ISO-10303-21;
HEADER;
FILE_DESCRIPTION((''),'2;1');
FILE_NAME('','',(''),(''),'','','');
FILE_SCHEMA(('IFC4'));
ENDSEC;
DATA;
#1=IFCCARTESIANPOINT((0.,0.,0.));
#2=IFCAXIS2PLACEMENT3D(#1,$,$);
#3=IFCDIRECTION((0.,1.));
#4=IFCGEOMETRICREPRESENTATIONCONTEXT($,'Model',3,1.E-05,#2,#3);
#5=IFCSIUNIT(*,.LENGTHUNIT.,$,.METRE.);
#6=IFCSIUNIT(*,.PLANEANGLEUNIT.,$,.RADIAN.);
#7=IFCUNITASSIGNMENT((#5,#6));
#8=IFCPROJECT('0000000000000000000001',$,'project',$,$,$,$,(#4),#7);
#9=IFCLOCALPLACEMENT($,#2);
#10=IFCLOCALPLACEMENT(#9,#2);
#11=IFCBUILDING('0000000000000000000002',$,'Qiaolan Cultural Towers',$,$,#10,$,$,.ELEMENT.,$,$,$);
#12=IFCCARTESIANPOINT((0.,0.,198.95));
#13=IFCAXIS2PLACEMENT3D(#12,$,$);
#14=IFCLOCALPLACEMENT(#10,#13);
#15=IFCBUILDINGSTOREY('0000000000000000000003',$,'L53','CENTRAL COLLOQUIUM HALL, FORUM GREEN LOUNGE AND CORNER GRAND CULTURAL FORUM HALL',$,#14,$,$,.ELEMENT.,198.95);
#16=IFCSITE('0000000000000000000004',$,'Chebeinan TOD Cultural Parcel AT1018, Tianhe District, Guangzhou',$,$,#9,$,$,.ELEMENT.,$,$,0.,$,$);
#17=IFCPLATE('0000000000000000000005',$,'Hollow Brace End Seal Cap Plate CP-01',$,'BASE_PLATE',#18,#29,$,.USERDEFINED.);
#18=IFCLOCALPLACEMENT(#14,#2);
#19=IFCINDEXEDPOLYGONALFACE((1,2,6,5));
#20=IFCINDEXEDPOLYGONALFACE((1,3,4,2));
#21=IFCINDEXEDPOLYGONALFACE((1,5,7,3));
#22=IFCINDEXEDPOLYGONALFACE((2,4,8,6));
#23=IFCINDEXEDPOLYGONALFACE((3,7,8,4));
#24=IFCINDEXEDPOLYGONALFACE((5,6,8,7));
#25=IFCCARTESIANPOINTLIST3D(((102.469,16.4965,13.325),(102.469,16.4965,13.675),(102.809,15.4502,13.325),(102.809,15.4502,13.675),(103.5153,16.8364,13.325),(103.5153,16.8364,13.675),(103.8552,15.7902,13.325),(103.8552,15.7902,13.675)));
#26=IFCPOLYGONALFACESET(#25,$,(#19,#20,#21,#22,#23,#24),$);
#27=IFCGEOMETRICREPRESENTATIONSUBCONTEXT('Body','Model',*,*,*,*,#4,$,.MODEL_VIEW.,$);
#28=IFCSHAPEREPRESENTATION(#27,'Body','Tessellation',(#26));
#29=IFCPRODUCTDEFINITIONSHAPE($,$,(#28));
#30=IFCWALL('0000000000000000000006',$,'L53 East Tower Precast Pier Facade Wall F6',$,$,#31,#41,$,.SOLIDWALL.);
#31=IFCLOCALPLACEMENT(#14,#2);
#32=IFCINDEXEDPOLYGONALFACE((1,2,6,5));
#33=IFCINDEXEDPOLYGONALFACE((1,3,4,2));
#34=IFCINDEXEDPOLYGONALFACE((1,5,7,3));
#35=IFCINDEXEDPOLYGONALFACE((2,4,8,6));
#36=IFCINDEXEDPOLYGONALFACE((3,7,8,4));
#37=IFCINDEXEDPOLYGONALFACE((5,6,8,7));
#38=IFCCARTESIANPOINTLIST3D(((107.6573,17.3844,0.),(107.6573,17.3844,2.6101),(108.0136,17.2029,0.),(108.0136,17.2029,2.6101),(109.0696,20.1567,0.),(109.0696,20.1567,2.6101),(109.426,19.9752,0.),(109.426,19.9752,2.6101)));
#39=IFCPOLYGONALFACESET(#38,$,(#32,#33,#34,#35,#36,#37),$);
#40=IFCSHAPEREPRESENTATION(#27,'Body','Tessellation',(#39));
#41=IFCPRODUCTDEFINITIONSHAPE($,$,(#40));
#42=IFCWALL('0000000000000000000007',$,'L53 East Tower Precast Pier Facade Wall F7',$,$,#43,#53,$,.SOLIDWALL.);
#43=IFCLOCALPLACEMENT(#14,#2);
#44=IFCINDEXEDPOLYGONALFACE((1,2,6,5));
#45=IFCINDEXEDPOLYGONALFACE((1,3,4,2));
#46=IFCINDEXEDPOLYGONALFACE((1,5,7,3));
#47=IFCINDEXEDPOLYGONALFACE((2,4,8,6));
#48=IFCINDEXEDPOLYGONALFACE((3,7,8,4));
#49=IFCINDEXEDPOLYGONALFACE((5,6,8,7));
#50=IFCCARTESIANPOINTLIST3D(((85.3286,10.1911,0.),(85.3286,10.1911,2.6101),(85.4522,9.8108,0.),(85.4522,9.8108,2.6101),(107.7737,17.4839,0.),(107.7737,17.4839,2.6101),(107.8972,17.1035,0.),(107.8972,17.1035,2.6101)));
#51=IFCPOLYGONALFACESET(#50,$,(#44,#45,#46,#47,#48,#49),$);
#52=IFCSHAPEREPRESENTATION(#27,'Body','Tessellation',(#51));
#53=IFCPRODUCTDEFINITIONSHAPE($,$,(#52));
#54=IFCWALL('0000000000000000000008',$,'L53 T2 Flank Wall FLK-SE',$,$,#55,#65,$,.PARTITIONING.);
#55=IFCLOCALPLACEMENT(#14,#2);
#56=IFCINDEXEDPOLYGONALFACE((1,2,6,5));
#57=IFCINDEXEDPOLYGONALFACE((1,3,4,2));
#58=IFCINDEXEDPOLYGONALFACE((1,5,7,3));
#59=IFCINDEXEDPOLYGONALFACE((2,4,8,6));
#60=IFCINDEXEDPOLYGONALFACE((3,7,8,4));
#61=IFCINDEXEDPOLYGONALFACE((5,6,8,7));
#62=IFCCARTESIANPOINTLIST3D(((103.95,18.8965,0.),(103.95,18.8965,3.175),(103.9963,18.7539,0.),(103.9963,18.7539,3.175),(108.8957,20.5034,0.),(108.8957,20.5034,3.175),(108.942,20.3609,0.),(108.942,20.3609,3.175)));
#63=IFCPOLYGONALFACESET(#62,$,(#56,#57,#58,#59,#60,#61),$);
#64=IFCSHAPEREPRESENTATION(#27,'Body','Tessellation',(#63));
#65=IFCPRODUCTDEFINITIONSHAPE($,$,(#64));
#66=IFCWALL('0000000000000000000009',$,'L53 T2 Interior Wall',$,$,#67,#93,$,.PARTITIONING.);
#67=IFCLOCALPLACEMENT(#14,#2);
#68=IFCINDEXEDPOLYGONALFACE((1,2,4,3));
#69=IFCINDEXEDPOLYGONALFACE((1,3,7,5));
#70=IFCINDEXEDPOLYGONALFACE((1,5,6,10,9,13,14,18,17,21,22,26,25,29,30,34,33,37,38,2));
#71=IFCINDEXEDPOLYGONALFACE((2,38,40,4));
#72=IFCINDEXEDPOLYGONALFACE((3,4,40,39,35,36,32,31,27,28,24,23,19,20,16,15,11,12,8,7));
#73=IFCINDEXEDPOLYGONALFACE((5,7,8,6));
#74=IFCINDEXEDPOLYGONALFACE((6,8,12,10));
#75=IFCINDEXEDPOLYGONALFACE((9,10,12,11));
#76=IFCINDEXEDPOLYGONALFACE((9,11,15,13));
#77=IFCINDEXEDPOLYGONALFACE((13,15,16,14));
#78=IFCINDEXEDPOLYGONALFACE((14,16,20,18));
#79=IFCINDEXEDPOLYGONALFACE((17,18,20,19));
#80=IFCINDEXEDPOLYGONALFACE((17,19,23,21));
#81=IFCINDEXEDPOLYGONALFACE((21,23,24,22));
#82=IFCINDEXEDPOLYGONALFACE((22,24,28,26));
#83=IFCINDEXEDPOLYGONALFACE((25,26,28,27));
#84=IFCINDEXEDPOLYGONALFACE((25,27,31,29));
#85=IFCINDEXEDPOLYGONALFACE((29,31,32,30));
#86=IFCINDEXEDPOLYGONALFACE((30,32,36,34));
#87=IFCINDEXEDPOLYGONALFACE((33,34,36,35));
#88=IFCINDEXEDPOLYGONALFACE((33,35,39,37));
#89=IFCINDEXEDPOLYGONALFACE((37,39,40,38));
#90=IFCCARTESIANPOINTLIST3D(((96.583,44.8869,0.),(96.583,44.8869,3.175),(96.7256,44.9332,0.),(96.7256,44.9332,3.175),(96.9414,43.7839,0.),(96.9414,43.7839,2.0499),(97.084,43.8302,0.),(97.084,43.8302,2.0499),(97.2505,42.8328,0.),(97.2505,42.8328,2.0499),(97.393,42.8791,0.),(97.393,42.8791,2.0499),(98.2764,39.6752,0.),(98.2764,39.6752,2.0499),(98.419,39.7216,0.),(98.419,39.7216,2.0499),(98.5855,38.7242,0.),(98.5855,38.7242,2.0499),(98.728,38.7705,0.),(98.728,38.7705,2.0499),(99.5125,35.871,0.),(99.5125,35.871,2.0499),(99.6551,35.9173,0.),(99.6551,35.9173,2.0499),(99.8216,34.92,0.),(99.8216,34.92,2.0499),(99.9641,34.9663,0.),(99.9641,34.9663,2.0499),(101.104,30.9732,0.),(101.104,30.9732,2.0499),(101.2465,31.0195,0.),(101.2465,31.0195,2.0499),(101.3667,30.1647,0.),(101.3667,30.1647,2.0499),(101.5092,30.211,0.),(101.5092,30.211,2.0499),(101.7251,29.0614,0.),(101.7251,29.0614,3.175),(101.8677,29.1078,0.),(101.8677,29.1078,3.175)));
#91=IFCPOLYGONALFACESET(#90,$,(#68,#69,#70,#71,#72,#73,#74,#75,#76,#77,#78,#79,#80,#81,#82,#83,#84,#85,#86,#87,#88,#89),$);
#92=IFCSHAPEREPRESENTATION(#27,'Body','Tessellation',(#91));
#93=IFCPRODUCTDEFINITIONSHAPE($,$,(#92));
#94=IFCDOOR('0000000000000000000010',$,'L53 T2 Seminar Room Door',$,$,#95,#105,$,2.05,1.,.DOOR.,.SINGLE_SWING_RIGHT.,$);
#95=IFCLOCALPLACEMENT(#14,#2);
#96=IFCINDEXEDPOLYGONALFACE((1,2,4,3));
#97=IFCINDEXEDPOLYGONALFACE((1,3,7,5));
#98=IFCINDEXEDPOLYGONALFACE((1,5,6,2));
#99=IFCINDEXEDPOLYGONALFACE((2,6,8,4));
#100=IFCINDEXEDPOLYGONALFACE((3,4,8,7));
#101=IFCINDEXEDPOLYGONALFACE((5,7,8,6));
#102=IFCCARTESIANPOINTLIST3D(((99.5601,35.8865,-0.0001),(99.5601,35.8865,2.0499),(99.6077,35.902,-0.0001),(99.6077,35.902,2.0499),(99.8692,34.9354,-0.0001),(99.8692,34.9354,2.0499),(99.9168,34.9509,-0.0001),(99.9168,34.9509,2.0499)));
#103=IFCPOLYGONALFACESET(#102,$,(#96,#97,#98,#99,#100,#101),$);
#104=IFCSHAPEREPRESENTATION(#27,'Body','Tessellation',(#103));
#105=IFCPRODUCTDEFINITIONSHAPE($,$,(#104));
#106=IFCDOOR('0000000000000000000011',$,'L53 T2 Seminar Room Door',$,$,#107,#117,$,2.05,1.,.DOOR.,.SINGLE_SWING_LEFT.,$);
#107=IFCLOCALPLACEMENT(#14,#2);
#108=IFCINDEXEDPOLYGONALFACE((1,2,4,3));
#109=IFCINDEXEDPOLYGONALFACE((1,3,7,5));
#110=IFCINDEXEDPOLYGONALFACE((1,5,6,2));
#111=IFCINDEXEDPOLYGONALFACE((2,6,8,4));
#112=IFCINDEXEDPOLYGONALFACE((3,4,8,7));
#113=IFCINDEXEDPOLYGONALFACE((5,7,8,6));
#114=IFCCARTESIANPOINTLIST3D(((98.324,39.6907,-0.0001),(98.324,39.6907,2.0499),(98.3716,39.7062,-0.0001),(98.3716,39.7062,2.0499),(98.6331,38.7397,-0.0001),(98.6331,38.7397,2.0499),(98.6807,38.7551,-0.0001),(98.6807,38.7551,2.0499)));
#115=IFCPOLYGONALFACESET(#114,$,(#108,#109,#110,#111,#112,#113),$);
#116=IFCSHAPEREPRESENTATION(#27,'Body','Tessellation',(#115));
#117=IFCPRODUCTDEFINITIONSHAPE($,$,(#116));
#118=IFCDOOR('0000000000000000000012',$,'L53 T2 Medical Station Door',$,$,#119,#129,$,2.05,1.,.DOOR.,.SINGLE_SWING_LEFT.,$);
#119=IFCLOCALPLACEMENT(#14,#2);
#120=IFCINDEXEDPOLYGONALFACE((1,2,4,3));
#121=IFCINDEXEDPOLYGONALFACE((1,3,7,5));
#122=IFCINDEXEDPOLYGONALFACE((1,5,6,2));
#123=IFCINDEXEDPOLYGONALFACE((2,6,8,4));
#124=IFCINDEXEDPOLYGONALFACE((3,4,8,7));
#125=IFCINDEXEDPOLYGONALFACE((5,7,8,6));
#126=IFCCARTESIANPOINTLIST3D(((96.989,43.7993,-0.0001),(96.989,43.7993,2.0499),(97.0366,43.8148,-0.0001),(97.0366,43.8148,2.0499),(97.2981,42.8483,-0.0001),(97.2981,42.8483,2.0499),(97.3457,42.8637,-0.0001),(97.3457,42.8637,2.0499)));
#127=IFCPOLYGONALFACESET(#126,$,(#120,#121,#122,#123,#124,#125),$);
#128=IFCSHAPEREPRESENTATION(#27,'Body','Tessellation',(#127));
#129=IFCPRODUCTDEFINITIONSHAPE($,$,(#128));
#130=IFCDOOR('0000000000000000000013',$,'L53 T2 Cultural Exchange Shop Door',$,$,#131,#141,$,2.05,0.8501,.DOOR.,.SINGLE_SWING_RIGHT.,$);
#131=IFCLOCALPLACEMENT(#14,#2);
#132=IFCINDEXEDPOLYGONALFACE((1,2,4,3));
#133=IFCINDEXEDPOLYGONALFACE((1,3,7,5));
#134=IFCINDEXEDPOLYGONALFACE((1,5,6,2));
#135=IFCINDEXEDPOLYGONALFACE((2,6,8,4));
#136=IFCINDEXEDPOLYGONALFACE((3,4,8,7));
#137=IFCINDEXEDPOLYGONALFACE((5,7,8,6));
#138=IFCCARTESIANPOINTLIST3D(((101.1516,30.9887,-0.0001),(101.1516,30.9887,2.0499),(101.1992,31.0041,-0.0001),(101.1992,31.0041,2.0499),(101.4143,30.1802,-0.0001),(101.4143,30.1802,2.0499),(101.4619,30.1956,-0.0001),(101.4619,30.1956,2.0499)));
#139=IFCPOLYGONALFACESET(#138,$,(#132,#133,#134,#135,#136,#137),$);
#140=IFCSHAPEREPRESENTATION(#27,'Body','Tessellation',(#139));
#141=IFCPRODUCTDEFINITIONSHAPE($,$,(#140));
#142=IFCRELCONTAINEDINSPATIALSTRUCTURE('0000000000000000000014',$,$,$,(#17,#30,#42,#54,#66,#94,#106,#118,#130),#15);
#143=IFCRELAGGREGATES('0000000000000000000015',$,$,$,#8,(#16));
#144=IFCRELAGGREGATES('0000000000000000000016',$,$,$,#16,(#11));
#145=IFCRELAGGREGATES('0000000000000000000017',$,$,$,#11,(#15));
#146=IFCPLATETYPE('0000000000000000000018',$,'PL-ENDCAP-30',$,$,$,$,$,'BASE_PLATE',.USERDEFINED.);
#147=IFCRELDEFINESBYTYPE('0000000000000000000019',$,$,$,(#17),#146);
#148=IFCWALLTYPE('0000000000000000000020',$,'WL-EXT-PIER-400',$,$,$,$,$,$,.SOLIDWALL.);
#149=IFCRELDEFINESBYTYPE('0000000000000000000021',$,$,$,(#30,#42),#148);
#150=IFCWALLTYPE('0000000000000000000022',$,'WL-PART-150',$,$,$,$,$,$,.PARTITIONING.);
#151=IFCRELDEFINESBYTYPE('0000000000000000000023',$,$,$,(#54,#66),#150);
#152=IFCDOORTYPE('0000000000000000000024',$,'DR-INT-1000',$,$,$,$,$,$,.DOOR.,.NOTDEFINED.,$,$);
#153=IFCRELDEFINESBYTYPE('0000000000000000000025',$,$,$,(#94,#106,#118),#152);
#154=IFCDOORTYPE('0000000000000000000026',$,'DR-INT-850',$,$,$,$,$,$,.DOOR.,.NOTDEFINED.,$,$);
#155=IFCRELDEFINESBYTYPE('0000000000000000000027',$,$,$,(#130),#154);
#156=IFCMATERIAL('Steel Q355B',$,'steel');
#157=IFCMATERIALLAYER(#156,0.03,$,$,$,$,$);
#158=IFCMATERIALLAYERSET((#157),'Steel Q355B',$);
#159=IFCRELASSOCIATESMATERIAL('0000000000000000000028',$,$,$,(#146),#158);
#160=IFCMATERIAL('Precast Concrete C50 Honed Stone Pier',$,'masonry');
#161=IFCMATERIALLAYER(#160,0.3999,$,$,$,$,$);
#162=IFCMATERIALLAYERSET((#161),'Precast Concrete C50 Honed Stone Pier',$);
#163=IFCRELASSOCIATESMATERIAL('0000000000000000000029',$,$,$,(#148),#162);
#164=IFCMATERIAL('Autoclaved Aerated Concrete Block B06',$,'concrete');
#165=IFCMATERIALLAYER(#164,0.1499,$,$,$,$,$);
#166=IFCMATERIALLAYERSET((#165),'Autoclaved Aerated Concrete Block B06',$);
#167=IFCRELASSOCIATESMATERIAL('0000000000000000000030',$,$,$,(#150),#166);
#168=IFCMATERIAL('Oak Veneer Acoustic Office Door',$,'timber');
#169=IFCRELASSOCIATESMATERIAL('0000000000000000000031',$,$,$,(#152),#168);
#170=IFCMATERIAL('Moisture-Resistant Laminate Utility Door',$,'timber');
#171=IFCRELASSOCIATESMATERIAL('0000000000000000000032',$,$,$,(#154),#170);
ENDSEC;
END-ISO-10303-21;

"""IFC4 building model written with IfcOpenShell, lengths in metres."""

from ifc_helpers import new_model, si_unit, direction, frame, frame_2d, origin, origin_2d, place, context, subcontext, project, spatial, rectangle, extrude, material, layer, layer_set, type_object, element, fill, save


model = new_model("IFC4")

# Units and contexts
model_context = context("Model", 3, precision=1e-05, world=origin(), true_north=direction((0.0, 1.0)))
body_context = subcontext(model_context, "Body", "Model", "MODEL_VIEW")
ifc_project = project(units=[si_unit("LENGTHUNIT", "METRE"), si_unit("PLANEANGLEUNIT", "RADIAN")], contexts=[model_context])

# Site, building, storey
site_placement = place(None, origin())
site = spatial("IfcSite", under=ifc_project, at=site_placement, Name="Chebeinan TOD Cultural Parcel AT1018, Tianhe District, Guangzhou", CompositionType="ELEMENT", RefElevation=0.0)
building_placement = place(site_placement, origin())
building = spatial("IfcBuilding", under=site, at=building_placement, Name="Qiaolan Cultural Towers", CompositionType="ELEMENT")
storey_placement = place(building_placement, frame((0.0, 0.0, 198.95)))
storey = spatial("IfcBuildingStorey", under=building, at=storey_placement, Name="L53", Description="CENTRAL COLLOQUIUM HALL, FORUM GREEN LOUNGE AND CORNER GRAND CULTURAL FORUM HALL", CompositionType="ELEMENT", Elevation=198.95)

# Plate
ifc_material_1 = material(Name="Steel Q355B", Category="steel")
ifc_layer_1 = layer(ifc_material_1, 0.03)
ifc_layer_set_1 = layer_set([ifc_layer_1], Name="Steel Q355B")
plate_type_1 = type_object("IfcPlateType", Name="PL-ENDCAP-30", ElementType="BASE_PLATE", PredefinedType="USERDEFINED", material=ifc_layer_set_1)
plate_1_placement = place(storey_placement, frame((103.1621, 16.1433, 13.325), z_axis=(0.0, 0.0, 1.0), x_axis=(0.951057, 0.309017, 0.0)))
element("IfcPlate", 1, at=plate_1_placement, inside=storey, type_object=plate_type_1, Name="Hollow Brace End Seal Cap Plate CP-01", ObjectType="BASE_PLATE", PredefinedType="USERDEFINED", context=body_context, shape_type="SweptSolid", body=[
    extrude(rectangle(XDim=1.1001, YDim=1.1001, at=origin_2d()), origin(), (0.0, 0.0, 1.0), 0.3501),
])

# Walls
ifc_material_2 = material(Name="Precast Concrete C50 Honed Stone Pier", Category="masonry")
ifc_layer_2 = layer(ifc_material_2, 0.3999)
ifc_layer_set_2 = layer_set([ifc_layer_2], Name="Precast Concrete C50 Honed Stone Pier")
wall_type_1 = type_object("IfcWallType", Name="WL-EXT-PIER-400", PredefinedType="SOLIDWALL", material=ifc_layer_set_2)
wall_1_placement = place(storey_placement, frame((109.2478, 20.0659, 0.0), z_axis=(0.0, 0.0, 1.0), x_axis=(-0.453949, -0.891028, 0.0)))
element("IfcWall", 2, at=wall_1_placement, inside=storey, type_object=wall_type_1, Name="L53 East Tower Precast Pier Facade Wall F6", PredefinedType="SOLIDWALL", context=body_context, shape_type="SweptSolid", body=[
    extrude(rectangle(XDim=3.1113, YDim=0.3999, at=frame_2d((1.5557, 0.0))), origin(), (0.0, 0.0, 1.0), 2.6101),
])
wall_2_placement = place(storey_placement, frame((107.8354, 17.2937, 0.0), z_axis=(0.0, 0.0, 1.0), x_axis=(-0.951058, -0.309012, 0.0)))
element("IfcWall", 3, at=wall_2_placement, inside=storey, type_object=wall_type_1, Name="L53 East Tower Precast Pier Facade Wall F7", PredefinedType="SOLIDWALL", context=body_context, shape_type="SweptSolid", body=[
    extrude(rectangle(XDim=23.6001, YDim=0.3999, at=frame_2d((11.8, 0.0))), origin(), (0.0, 0.0, 1.0), 2.6101),
])
ifc_material_3 = material(Name="Autoclaved Aerated Concrete Block B06", Category="concrete")
ifc_layer_3 = layer(ifc_material_3, 0.1499)
ifc_layer_set_3 = layer_set([ifc_layer_3], Name="Autoclaved Aerated Concrete Block B06")
wall_type_2 = type_object("IfcWallType", Name="WL-PART-150", PredefinedType="PARTITIONING", material=ifc_layer_set_3)
wall_3_placement = place(storey_placement, frame((103.9731, 18.8252, 0.0), z_axis=(0.0, 0.0, 1.0), x_axis=(0.951055, 0.309021, 0.0)))
element("IfcWall", 4, at=wall_3_placement, inside=storey, type_object=wall_type_2, Name="L53 T2 Flank Wall FLK-SE", PredefinedType="PARTITIONING", context=body_context, shape_type="SweptSolid", body=[
    extrude(rectangle(XDim=5.2002, YDim=0.1499, at=frame_2d((2.6001, 0.0))), origin(), (0.0, 0.0, 1.0), 3.175),
])

# Wall, openings, doors
wall_4_placement = place(storey_placement, frame((101.7964, 29.0847, 0.0), z_axis=(0.0, 0.0, 1.0), x_axis=(-0.309022, 0.951055, 0.0)))
wall_4 = element("IfcWall", 5, at=wall_4_placement, inside=storey, type_object=wall_type_2, Name="L53 T2 Interior Wall", PredefinedType="PARTITIONING", context=body_context, shape_type="SweptSolid", body=[
    extrude(rectangle(XDim=16.6399, YDim=0.1499, at=frame_2d((8.3198, 0.0))), origin(), (0.0, 0.0, 1.0), 3.175),
])
opening_1_placement = place(wall_4_placement, frame((1.1599, 0.0, 0.0)))
opening_1 = element("IfcOpeningElement", 6, at=opening_1_placement, cuts=wall_4, PredefinedType="OPENING", context=body_context, shape_type="SweptSolid", body=[
    extrude(rectangle(XDim=0.8501, YDim=2.05, at=frame_2d((0.425, 1.0249))), frame((0.0, 0.085, 0.0), z_axis=(0.0, -1.0, 0.0), x_axis=(1.0, 0.0, 0.0)), (0.0, 0.0, 1.0), 0.1699),
])
opening_2_placement = place(wall_4_placement, frame((6.1599, 0.0, 0.0)))
opening_2 = element("IfcOpeningElement", 7, at=opening_2_placement, cuts=wall_4, PredefinedType="OPENING", context=body_context, shape_type="SweptSolid", body=[
    extrude(rectangle(XDim=1.0, YDim=2.05, at=frame_2d((0.5, 1.0249))), frame((0.0, 0.085, 0.0), z_axis=(0.0, -1.0, 0.0), x_axis=(1.0, 0.0, 0.0)), (0.0, 0.0, 1.0), 0.1699),
])
opening_3_placement = place(wall_4_placement, frame((10.1599, 0.0, 0.0)))
opening_3 = element("IfcOpeningElement", 8, at=opening_3_placement, cuts=wall_4, PredefinedType="OPENING", context=body_context, shape_type="SweptSolid", body=[
    extrude(rectangle(XDim=1.0, YDim=2.05, at=frame_2d((0.5, 1.0249))), frame((0.0, 0.085, 0.0), z_axis=(0.0, -1.0, 0.0), x_axis=(1.0, 0.0, 0.0)), (0.0, 0.0, 1.0), 0.1699),
])
opening_4_placement = place(wall_4_placement, frame((14.48, 0.0, 0.0)))
opening_4 = element("IfcOpeningElement", 9, at=opening_4_placement, cuts=wall_4, PredefinedType="OPENING", context=body_context, shape_type="SweptSolid", body=[
    extrude(rectangle(XDim=1.0, YDim=2.05, at=frame_2d((0.5, 1.0249))), frame((0.0, 0.085, 0.0), z_axis=(0.0, -1.0, 0.0), x_axis=(1.0, 0.0, 0.0)), (0.0, 0.0, 1.0), 0.1699),
])
ifc_material_4 = material(Name="Oak Veneer Acoustic Office Door", Category="timber")
door_type_1 = type_object("IfcDoorType", Name="DR-INT-1000", OperationType="NOTDEFINED", PredefinedType="DOOR", material=ifc_material_4)
door_1_placement = place(opening_2_placement, origin())
door_1 = element("IfcDoor", 10, at=door_1_placement, inside=storey, type_object=door_type_1, Name="L53 T2 Seminar Room Door", OperationType="SINGLE_SWING_RIGHT", OverallHeight=2.05, OverallWidth=1.0, PredefinedType="DOOR", context=body_context, shape_type="SweptSolid", body=[
    extrude(rectangle(XDim=1.0, YDim=2.05, at=frame_2d((0.5, 1.0249))), frame((0.0, 0.0249, 0.0), z_axis=(0.0, -1.0, 0.0), x_axis=(1.0, 0.0, 0.0)), (0.0, 0.0, 1.0), 0.05),
])
fill(opening_2, door_1)
door_2_placement = place(opening_3_placement, origin())
door_2 = element("IfcDoor", 11, at=door_2_placement, inside=storey, type_object=door_type_1, Name="L53 T2 Seminar Room Door", OperationType="SINGLE_SWING_LEFT", OverallHeight=2.05, OverallWidth=1.0, PredefinedType="DOOR", context=body_context, shape_type="SweptSolid", body=[
    extrude(rectangle(XDim=1.0, YDim=2.05, at=frame_2d((0.5, 1.0249))), frame((0.0, 0.0249, 0.0), z_axis=(0.0, -1.0, 0.0), x_axis=(1.0, 0.0, 0.0)), (0.0, 0.0, 1.0), 0.05),
])
fill(opening_3, door_2)
door_3_placement = place(opening_4_placement, origin())
door_3 = element("IfcDoor", 12, at=door_3_placement, inside=storey, type_object=door_type_1, Name="L53 T2 Medical Station Door", OperationType="SINGLE_SWING_LEFT", OverallHeight=2.05, OverallWidth=1.0, PredefinedType="DOOR", context=body_context, shape_type="SweptSolid", body=[
    extrude(rectangle(XDim=1.0, YDim=2.05, at=frame_2d((0.5, 1.0249))), frame((0.0, 0.0249, 0.0), z_axis=(0.0, -1.0, 0.0), x_axis=(1.0, 0.0, 0.0)), (0.0, 0.0, 1.0), 0.05),
])
fill(opening_4, door_3)
ifc_material_5 = material(Name="Moisture-Resistant Laminate Utility Door", Category="timber")
door_type_2 = type_object("IfcDoorType", Name="DR-INT-850", OperationType="NOTDEFINED", PredefinedType="DOOR", material=ifc_material_5)
door_4_placement = place(opening_1_placement, origin())
door_4 = element("IfcDoor", 13, at=door_4_placement, inside=storey, type_object=door_type_2, Name="L53 T2 Cultural Exchange Shop Door", OperationType="SINGLE_SWING_RIGHT", OverallHeight=2.05, OverallWidth=0.8501, PredefinedType="DOOR", context=body_context, shape_type="SweptSolid", body=[
    extrude(rectangle(XDim=0.8501, YDim=2.05, at=frame_2d((0.425, 1.0249))), frame((0.0, 0.0249, 0.0), z_axis=(0.0, -1.0, 0.0), x_axis=(1.0, 0.0, 0.0)), (0.0, 0.0, 1.0), 0.05),
])
fill(opening_1, door_4)

save(model, "model.ifc")
